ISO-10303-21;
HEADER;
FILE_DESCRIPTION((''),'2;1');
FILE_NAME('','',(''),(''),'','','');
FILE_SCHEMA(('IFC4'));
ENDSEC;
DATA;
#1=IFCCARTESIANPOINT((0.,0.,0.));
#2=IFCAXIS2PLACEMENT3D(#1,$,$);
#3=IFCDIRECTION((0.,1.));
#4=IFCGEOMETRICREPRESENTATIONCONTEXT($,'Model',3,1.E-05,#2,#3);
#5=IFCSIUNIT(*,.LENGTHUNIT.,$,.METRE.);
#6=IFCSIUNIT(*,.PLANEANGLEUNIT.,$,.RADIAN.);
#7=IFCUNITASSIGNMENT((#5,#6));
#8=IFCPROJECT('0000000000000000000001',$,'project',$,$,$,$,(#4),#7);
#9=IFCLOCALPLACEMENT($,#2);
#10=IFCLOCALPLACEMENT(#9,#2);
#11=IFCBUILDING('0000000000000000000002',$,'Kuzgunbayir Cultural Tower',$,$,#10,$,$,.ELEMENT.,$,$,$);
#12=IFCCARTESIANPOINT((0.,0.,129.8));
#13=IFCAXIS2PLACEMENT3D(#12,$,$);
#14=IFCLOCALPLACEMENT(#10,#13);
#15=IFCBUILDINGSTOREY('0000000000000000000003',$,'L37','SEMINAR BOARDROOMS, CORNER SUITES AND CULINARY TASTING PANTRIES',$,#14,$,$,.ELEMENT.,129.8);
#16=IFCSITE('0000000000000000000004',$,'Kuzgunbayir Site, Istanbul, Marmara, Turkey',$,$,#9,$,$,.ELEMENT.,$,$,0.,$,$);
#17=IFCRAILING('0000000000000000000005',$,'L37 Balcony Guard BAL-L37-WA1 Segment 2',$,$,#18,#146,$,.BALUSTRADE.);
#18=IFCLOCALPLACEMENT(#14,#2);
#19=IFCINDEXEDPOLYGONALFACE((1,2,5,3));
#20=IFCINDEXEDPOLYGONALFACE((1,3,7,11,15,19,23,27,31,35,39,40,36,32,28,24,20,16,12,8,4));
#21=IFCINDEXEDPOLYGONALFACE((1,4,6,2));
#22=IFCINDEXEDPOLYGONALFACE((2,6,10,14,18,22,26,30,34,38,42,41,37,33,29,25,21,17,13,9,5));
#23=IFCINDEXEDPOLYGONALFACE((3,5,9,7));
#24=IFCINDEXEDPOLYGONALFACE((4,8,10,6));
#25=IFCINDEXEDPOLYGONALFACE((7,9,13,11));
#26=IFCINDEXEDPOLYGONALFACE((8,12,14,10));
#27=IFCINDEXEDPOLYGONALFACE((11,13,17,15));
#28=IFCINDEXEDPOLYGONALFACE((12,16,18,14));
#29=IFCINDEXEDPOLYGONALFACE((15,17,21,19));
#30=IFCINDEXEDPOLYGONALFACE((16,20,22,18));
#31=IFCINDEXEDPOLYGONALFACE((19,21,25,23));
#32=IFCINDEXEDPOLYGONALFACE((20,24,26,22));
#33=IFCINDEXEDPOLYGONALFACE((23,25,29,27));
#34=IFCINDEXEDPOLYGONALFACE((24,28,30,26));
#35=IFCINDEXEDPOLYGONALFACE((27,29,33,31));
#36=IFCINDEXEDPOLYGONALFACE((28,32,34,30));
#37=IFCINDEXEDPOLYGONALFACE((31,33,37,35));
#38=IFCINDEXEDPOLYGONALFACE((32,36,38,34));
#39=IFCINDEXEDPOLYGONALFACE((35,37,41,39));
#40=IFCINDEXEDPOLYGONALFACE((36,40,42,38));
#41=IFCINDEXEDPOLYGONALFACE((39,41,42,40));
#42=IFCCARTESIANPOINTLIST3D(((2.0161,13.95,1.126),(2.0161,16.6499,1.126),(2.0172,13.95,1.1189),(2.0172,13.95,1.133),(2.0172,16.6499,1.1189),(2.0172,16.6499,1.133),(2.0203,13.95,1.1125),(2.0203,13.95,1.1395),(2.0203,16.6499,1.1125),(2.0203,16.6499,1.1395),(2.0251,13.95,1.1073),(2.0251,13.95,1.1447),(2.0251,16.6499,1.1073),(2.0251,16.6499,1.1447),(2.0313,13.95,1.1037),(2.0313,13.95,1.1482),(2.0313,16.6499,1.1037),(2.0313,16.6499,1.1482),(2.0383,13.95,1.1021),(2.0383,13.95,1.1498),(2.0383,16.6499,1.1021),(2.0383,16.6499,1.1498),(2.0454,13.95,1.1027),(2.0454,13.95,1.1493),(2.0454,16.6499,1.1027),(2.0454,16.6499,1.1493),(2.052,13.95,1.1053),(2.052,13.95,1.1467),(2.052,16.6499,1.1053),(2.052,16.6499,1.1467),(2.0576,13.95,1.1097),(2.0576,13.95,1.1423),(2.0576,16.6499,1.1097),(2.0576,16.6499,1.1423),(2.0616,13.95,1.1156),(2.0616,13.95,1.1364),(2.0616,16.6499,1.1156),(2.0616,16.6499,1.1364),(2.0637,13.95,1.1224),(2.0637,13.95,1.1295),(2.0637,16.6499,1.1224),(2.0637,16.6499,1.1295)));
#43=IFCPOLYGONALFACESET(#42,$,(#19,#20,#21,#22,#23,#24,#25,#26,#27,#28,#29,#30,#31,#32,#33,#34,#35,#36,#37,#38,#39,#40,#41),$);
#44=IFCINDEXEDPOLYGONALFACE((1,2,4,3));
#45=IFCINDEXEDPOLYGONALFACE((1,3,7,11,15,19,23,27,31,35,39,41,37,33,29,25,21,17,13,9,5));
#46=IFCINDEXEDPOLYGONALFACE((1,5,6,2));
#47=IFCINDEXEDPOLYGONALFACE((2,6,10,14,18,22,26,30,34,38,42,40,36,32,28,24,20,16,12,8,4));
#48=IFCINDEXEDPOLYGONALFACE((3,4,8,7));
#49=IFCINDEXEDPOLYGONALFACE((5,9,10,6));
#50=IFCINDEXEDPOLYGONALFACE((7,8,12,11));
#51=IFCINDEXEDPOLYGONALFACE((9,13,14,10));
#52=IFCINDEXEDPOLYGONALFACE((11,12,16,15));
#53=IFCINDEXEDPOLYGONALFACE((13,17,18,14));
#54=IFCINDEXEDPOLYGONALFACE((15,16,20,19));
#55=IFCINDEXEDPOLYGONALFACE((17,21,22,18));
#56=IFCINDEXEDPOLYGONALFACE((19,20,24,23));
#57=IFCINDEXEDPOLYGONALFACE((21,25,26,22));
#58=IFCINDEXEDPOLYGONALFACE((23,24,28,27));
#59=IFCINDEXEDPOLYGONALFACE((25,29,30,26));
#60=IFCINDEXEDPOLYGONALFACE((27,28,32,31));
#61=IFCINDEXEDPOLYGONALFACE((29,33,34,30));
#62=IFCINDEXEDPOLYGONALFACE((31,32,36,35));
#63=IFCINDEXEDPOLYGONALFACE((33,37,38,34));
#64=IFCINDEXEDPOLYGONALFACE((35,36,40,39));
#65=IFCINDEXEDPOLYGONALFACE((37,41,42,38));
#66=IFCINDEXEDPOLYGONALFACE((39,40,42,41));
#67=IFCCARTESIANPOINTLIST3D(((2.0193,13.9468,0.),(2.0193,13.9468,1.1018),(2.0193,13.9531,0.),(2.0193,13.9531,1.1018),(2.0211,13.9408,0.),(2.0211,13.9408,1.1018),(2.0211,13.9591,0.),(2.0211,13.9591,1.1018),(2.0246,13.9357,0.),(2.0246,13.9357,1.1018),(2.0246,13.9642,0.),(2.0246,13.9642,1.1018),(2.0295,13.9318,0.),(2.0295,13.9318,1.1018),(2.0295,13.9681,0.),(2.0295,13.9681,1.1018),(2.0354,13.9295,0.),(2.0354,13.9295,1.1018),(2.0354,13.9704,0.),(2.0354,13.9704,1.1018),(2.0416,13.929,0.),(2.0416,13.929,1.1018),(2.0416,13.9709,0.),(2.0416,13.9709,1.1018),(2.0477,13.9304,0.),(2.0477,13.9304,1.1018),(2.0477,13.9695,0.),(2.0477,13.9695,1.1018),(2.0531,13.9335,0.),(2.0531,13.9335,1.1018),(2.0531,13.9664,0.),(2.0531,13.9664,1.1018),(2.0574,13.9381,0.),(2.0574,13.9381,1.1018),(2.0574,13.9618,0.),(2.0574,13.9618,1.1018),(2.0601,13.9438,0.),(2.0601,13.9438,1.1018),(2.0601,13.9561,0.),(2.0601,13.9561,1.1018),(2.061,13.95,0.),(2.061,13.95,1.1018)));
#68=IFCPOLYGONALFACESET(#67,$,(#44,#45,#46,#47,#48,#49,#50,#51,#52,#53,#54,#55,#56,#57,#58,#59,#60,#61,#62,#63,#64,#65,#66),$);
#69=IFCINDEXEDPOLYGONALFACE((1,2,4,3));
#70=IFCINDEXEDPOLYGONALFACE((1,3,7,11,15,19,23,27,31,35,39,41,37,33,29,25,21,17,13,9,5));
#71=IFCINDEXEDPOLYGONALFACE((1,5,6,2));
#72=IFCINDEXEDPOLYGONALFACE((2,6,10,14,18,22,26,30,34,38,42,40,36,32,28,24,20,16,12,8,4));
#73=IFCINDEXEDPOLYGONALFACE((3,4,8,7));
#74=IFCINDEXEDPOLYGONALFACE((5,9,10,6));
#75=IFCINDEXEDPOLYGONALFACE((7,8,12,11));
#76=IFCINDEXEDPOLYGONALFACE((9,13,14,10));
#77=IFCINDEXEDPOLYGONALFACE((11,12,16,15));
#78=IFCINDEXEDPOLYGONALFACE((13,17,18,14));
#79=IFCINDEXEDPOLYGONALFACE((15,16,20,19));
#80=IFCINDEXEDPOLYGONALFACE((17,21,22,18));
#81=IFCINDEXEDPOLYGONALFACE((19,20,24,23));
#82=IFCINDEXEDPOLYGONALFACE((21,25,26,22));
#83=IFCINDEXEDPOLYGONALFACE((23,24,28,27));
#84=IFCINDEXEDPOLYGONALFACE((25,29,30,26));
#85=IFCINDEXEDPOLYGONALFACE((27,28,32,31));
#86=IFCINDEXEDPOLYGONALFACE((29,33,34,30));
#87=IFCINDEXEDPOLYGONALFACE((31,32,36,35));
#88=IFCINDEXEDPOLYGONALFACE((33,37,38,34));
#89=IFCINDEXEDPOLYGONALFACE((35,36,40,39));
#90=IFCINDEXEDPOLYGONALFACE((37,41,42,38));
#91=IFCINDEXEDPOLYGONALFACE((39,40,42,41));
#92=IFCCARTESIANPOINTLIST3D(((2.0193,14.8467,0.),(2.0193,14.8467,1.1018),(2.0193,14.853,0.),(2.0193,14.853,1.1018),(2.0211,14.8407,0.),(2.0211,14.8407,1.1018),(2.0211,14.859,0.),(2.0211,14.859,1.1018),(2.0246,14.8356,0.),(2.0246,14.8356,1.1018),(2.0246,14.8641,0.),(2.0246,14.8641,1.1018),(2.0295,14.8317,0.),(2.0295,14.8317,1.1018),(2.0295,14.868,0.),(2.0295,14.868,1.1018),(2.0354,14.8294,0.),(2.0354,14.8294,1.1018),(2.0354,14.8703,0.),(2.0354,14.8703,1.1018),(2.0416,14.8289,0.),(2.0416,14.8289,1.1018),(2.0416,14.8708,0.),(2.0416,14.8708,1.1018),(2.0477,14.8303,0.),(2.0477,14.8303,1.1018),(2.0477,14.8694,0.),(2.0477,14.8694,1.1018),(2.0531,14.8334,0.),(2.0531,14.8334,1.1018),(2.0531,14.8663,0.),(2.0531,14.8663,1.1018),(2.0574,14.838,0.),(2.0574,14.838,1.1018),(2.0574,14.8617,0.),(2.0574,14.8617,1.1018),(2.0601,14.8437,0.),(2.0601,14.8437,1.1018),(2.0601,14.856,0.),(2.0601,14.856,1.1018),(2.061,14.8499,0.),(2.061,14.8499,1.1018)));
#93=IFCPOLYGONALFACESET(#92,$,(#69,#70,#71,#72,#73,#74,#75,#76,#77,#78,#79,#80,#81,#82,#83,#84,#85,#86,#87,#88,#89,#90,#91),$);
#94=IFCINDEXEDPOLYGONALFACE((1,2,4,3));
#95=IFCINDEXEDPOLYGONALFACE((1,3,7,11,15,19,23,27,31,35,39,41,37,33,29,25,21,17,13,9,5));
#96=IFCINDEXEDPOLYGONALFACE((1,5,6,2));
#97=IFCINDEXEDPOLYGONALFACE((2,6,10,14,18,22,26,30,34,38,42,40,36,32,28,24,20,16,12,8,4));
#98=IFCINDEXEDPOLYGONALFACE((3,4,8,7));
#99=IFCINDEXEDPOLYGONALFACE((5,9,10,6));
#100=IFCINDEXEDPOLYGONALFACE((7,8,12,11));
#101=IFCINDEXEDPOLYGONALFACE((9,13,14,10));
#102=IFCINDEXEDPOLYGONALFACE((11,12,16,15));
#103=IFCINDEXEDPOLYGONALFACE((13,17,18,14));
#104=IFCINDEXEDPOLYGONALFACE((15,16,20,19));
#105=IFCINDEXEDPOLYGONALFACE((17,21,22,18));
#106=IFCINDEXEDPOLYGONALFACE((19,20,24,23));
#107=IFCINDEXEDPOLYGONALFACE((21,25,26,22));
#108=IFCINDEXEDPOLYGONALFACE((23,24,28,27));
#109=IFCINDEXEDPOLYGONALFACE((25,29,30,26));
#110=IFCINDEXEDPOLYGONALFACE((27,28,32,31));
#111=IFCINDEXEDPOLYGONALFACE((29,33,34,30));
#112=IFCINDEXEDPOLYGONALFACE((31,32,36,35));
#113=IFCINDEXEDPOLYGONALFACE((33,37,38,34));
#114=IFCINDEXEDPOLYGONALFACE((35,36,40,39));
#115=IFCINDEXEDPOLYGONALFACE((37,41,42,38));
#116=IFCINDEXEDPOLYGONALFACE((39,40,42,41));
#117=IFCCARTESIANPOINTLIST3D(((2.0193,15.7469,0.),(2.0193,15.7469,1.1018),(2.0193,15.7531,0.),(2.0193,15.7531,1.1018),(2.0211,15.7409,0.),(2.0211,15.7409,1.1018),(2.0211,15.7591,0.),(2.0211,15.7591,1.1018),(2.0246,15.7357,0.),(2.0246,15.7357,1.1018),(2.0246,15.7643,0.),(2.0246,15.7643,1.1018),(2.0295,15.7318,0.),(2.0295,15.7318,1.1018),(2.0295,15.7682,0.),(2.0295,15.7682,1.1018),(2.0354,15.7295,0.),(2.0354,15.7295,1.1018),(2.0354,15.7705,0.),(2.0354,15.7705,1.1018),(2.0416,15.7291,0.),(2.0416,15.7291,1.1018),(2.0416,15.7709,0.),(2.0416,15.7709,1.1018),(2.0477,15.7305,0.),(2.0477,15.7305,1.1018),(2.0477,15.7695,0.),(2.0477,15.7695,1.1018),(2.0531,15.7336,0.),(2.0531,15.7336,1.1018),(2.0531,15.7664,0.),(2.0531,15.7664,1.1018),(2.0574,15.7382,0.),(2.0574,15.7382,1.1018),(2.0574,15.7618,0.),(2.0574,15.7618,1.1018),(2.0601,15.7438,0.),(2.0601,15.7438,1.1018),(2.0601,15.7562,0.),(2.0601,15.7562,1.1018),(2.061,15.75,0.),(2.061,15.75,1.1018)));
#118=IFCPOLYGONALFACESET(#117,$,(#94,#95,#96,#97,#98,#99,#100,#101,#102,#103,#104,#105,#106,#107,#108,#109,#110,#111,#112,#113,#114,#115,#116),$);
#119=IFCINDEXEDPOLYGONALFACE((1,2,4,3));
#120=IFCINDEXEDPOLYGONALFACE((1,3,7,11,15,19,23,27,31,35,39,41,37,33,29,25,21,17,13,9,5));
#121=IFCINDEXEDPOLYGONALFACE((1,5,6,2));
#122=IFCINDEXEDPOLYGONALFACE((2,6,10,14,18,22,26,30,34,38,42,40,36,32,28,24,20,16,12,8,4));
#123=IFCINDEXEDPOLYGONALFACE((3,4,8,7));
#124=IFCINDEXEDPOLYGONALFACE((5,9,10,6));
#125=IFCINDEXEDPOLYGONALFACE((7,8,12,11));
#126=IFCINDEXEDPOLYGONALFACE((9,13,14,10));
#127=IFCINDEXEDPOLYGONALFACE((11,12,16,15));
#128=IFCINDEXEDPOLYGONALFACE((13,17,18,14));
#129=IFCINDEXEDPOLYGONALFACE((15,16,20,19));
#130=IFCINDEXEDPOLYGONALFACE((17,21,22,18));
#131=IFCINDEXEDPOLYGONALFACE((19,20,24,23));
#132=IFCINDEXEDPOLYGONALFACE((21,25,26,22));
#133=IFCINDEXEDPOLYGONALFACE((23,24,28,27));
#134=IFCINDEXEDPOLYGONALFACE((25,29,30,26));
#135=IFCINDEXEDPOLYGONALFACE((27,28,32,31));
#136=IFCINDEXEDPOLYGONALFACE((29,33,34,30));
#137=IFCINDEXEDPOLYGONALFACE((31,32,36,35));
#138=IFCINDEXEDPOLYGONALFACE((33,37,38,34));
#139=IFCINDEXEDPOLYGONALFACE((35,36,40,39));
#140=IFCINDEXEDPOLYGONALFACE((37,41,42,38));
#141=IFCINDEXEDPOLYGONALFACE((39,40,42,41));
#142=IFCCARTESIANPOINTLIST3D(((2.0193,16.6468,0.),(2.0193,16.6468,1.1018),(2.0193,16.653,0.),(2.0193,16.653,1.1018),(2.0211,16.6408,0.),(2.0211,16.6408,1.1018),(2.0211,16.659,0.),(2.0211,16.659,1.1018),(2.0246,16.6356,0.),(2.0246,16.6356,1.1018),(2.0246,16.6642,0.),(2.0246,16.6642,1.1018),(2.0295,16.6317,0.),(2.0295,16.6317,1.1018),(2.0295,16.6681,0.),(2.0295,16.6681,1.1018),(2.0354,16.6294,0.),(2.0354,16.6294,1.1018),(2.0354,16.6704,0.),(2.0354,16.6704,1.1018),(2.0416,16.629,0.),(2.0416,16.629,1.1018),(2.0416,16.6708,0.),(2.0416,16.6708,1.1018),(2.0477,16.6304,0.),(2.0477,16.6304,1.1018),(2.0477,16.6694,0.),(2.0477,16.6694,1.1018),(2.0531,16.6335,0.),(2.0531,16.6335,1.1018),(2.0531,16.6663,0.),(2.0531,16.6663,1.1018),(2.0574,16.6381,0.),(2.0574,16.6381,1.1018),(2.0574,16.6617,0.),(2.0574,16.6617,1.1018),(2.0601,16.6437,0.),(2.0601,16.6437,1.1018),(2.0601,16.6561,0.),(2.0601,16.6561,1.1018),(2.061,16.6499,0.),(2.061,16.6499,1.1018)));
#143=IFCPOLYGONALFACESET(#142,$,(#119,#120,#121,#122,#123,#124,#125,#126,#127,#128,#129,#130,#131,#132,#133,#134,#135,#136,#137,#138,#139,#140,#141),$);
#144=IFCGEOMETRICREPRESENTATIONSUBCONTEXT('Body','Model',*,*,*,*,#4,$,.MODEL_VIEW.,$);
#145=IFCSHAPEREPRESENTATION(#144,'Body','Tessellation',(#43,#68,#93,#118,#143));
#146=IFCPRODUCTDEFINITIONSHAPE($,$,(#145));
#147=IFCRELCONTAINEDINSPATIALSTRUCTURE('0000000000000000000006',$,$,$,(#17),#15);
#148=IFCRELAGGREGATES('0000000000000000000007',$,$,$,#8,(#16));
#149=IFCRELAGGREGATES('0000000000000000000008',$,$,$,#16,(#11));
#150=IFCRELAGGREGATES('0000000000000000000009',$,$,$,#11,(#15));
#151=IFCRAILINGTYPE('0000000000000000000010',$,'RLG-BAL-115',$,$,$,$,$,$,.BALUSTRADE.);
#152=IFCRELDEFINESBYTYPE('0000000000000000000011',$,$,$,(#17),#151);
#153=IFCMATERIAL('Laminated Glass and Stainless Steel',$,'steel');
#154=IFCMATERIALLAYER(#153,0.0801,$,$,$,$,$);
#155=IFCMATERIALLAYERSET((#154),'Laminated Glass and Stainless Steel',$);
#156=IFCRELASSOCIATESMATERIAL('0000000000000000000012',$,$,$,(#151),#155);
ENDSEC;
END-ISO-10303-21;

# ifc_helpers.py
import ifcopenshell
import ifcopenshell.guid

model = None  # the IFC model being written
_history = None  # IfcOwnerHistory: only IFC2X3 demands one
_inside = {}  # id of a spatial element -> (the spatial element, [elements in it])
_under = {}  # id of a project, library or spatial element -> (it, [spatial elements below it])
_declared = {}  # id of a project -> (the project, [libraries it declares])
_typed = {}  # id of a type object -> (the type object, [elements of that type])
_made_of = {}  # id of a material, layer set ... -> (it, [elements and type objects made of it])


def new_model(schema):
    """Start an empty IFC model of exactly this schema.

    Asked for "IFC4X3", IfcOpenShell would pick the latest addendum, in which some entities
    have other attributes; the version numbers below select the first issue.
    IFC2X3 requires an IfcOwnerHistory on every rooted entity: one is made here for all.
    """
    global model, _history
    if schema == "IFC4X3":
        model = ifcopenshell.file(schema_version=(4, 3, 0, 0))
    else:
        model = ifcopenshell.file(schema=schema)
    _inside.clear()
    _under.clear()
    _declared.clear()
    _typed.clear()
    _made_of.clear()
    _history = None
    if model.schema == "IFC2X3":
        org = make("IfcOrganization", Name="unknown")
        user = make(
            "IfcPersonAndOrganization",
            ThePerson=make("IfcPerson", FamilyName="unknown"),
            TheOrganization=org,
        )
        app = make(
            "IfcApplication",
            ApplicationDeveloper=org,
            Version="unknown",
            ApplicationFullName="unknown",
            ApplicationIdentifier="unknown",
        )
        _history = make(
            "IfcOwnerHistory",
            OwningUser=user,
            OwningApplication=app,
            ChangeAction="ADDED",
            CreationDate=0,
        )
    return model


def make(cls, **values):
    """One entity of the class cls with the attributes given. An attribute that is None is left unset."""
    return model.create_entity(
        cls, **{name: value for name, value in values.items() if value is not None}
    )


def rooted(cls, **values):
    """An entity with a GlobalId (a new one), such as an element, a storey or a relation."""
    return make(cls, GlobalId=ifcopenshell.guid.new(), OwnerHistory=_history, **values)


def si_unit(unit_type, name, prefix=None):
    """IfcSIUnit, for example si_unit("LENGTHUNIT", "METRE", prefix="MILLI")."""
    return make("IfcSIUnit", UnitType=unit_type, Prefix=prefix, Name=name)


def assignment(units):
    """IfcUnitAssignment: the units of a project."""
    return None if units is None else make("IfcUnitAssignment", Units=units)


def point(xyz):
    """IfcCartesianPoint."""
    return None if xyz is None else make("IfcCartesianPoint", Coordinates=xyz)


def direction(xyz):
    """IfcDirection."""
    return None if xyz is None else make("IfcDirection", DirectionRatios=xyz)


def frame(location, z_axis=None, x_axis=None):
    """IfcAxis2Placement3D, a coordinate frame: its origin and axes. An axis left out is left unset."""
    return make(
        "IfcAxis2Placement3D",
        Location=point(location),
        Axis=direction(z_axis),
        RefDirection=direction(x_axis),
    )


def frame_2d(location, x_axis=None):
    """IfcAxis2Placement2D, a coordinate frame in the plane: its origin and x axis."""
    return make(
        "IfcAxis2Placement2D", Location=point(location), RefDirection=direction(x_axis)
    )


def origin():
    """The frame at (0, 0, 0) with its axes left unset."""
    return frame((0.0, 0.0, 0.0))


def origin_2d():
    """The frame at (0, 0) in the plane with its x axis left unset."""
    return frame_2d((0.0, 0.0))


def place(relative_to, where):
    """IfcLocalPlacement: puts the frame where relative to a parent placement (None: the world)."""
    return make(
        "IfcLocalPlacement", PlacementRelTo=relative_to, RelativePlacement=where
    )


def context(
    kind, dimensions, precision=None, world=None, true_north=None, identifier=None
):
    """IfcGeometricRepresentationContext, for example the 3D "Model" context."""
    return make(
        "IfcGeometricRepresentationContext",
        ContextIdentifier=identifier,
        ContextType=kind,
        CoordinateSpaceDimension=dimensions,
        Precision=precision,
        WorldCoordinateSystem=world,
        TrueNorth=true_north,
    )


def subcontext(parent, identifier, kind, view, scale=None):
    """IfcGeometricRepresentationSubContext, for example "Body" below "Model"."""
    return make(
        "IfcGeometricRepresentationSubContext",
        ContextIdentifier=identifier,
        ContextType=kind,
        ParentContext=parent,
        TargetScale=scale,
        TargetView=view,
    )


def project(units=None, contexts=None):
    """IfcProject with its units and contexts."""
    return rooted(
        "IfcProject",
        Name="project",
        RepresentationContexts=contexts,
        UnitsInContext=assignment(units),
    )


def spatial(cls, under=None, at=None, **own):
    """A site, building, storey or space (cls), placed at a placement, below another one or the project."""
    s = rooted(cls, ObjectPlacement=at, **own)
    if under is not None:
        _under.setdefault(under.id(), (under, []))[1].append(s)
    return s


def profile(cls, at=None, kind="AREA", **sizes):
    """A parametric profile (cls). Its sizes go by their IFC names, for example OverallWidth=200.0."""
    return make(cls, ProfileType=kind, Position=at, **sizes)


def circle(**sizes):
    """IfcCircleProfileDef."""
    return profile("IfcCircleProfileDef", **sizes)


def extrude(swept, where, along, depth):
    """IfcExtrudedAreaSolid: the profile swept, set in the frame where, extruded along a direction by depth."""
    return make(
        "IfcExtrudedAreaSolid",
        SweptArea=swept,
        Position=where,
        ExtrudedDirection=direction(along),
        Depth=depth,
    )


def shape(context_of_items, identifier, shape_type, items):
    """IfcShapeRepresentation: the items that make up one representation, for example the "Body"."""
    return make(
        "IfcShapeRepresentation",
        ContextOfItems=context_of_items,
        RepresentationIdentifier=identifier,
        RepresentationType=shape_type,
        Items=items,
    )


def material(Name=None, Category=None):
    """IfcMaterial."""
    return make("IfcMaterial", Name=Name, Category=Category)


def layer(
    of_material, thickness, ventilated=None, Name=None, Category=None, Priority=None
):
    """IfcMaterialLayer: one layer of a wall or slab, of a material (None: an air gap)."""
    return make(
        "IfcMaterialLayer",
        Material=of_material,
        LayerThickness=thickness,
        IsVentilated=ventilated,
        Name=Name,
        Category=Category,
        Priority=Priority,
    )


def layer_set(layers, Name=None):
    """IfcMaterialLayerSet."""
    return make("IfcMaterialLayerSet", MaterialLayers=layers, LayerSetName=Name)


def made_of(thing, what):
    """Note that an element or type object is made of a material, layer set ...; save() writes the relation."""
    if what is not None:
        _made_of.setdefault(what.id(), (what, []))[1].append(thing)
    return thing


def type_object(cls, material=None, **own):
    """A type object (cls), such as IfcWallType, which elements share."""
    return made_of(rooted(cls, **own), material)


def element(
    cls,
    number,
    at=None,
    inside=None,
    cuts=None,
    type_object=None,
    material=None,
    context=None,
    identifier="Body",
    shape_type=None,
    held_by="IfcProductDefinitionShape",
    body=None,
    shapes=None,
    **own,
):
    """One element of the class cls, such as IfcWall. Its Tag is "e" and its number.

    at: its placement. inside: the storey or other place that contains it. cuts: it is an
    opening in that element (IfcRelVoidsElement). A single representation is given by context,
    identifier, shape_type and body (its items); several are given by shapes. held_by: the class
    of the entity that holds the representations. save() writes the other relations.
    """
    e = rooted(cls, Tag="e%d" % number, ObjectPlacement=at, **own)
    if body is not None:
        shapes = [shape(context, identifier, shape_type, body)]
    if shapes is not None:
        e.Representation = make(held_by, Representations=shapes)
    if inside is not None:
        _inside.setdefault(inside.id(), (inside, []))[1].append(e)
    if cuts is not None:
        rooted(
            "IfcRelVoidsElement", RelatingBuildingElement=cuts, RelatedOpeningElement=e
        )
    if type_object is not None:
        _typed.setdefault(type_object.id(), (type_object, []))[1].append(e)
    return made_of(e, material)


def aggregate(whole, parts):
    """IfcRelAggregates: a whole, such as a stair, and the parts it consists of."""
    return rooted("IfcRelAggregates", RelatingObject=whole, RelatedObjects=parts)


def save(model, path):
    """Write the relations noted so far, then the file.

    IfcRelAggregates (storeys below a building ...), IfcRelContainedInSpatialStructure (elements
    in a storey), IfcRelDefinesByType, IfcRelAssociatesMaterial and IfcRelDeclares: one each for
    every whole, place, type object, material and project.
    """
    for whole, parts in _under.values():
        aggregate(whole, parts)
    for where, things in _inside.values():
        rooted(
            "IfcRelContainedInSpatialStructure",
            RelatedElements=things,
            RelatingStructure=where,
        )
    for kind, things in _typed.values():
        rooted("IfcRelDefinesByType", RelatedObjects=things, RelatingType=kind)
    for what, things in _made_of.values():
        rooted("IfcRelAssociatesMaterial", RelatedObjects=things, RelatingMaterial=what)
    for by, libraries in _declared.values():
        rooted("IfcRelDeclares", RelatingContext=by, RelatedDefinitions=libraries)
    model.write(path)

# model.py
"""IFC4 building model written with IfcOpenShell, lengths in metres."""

from ifc_helpers import new_model, si_unit, direction, frame, origin, origin_2d, place, context, subcontext, project, spatial, circle, extrude, material, layer, layer_set, type_object, element, save


model = new_model("IFC4")

# Units and contexts
model_context = context("Model", 3, precision=1e-05, world=origin(), true_north=direction((0.0, 1.0)))
body_context = subcontext(model_context, "Body", "Model", "MODEL_VIEW")
ifc_project = project(units=[si_unit("LENGTHUNIT", "METRE"), si_unit("PLANEANGLEUNIT", "RADIAN")], contexts=[model_context])

# Site, building, storey
site_placement = place(None, origin())
site = spatial("IfcSite", under=ifc_project, at=site_placement, Name="Kuzgunbayir Site, Istanbul, Marmara, Turkey", CompositionType="ELEMENT", RefElevation=0.0)
building_placement = place(site_placement, origin())
building = spatial("IfcBuilding", under=site, at=building_placement, Name="Kuzgunbayir Cultural Tower", CompositionType="ELEMENT")
storey_placement = place(building_placement, frame((0.0, 0.0, 129.8)))
storey = spatial("IfcBuildingStorey", under=building, at=storey_placement, Name="L37", Description="SEMINAR BOARDROOMS, CORNER SUITES AND CULINARY TASTING PANTRIES", CompositionType="ELEMENT", Elevation=129.8)

# Railing
ifc_material_1 = material(Name="Laminated Glass and Stainless Steel", Category="steel")
ifc_layer_1 = layer(ifc_material_1, 0.0801)
ifc_layer_set_1 = layer_set([ifc_layer_1], Name="Laminated Glass and Stainless Steel")
railing_type = type_object("IfcRailingType", Name="RLG-BAL-115", PredefinedType="BALUSTRADE", material=ifc_layer_set_1)
railing_1_placement = place(storey_placement, frame((2.04, 13.95, 0.0)))
element("IfcRailing", 1, at=railing_1_placement, inside=storey, type_object=railing_type, Name="L37 Balcony Guard BAL-L37-WA1 Segment 2", PredefinedType="BALUSTRADE", context=body_context, shape_type="SweptSolid", body=[
    extrude(circle(Radius=0.0239, at=origin_2d()), frame((0.0, 0.0, 1.126), z_axis=(0.0, 1.0, 0.0), x_axis=(-1.0, 0.0, 0.0)), (0.0, 0.0, 1.0), 2.7),
    extrude(circle(Radius=0.021, at=origin_2d()), origin(), (0.0, 0.0, 1.0), 1.1018),
    extrude(circle(Radius=0.021, at=origin_2d()), frame((0.0, 0.8999, 0.0)), (0.0, 0.0, 1.0), 1.1018),
    extrude(circle(Radius=0.021, at=origin_2d()), frame((0.0, 1.8, 0.0)), (0.0, 0.0, 1.0), 1.1018),
    extrude(circle(Radius=0.021, at=origin_2d()), frame((0.0, 2.7, 0.0)), (0.0, 0.0, 1.0), 1.1018),
])

save(model, "model.ifc")
